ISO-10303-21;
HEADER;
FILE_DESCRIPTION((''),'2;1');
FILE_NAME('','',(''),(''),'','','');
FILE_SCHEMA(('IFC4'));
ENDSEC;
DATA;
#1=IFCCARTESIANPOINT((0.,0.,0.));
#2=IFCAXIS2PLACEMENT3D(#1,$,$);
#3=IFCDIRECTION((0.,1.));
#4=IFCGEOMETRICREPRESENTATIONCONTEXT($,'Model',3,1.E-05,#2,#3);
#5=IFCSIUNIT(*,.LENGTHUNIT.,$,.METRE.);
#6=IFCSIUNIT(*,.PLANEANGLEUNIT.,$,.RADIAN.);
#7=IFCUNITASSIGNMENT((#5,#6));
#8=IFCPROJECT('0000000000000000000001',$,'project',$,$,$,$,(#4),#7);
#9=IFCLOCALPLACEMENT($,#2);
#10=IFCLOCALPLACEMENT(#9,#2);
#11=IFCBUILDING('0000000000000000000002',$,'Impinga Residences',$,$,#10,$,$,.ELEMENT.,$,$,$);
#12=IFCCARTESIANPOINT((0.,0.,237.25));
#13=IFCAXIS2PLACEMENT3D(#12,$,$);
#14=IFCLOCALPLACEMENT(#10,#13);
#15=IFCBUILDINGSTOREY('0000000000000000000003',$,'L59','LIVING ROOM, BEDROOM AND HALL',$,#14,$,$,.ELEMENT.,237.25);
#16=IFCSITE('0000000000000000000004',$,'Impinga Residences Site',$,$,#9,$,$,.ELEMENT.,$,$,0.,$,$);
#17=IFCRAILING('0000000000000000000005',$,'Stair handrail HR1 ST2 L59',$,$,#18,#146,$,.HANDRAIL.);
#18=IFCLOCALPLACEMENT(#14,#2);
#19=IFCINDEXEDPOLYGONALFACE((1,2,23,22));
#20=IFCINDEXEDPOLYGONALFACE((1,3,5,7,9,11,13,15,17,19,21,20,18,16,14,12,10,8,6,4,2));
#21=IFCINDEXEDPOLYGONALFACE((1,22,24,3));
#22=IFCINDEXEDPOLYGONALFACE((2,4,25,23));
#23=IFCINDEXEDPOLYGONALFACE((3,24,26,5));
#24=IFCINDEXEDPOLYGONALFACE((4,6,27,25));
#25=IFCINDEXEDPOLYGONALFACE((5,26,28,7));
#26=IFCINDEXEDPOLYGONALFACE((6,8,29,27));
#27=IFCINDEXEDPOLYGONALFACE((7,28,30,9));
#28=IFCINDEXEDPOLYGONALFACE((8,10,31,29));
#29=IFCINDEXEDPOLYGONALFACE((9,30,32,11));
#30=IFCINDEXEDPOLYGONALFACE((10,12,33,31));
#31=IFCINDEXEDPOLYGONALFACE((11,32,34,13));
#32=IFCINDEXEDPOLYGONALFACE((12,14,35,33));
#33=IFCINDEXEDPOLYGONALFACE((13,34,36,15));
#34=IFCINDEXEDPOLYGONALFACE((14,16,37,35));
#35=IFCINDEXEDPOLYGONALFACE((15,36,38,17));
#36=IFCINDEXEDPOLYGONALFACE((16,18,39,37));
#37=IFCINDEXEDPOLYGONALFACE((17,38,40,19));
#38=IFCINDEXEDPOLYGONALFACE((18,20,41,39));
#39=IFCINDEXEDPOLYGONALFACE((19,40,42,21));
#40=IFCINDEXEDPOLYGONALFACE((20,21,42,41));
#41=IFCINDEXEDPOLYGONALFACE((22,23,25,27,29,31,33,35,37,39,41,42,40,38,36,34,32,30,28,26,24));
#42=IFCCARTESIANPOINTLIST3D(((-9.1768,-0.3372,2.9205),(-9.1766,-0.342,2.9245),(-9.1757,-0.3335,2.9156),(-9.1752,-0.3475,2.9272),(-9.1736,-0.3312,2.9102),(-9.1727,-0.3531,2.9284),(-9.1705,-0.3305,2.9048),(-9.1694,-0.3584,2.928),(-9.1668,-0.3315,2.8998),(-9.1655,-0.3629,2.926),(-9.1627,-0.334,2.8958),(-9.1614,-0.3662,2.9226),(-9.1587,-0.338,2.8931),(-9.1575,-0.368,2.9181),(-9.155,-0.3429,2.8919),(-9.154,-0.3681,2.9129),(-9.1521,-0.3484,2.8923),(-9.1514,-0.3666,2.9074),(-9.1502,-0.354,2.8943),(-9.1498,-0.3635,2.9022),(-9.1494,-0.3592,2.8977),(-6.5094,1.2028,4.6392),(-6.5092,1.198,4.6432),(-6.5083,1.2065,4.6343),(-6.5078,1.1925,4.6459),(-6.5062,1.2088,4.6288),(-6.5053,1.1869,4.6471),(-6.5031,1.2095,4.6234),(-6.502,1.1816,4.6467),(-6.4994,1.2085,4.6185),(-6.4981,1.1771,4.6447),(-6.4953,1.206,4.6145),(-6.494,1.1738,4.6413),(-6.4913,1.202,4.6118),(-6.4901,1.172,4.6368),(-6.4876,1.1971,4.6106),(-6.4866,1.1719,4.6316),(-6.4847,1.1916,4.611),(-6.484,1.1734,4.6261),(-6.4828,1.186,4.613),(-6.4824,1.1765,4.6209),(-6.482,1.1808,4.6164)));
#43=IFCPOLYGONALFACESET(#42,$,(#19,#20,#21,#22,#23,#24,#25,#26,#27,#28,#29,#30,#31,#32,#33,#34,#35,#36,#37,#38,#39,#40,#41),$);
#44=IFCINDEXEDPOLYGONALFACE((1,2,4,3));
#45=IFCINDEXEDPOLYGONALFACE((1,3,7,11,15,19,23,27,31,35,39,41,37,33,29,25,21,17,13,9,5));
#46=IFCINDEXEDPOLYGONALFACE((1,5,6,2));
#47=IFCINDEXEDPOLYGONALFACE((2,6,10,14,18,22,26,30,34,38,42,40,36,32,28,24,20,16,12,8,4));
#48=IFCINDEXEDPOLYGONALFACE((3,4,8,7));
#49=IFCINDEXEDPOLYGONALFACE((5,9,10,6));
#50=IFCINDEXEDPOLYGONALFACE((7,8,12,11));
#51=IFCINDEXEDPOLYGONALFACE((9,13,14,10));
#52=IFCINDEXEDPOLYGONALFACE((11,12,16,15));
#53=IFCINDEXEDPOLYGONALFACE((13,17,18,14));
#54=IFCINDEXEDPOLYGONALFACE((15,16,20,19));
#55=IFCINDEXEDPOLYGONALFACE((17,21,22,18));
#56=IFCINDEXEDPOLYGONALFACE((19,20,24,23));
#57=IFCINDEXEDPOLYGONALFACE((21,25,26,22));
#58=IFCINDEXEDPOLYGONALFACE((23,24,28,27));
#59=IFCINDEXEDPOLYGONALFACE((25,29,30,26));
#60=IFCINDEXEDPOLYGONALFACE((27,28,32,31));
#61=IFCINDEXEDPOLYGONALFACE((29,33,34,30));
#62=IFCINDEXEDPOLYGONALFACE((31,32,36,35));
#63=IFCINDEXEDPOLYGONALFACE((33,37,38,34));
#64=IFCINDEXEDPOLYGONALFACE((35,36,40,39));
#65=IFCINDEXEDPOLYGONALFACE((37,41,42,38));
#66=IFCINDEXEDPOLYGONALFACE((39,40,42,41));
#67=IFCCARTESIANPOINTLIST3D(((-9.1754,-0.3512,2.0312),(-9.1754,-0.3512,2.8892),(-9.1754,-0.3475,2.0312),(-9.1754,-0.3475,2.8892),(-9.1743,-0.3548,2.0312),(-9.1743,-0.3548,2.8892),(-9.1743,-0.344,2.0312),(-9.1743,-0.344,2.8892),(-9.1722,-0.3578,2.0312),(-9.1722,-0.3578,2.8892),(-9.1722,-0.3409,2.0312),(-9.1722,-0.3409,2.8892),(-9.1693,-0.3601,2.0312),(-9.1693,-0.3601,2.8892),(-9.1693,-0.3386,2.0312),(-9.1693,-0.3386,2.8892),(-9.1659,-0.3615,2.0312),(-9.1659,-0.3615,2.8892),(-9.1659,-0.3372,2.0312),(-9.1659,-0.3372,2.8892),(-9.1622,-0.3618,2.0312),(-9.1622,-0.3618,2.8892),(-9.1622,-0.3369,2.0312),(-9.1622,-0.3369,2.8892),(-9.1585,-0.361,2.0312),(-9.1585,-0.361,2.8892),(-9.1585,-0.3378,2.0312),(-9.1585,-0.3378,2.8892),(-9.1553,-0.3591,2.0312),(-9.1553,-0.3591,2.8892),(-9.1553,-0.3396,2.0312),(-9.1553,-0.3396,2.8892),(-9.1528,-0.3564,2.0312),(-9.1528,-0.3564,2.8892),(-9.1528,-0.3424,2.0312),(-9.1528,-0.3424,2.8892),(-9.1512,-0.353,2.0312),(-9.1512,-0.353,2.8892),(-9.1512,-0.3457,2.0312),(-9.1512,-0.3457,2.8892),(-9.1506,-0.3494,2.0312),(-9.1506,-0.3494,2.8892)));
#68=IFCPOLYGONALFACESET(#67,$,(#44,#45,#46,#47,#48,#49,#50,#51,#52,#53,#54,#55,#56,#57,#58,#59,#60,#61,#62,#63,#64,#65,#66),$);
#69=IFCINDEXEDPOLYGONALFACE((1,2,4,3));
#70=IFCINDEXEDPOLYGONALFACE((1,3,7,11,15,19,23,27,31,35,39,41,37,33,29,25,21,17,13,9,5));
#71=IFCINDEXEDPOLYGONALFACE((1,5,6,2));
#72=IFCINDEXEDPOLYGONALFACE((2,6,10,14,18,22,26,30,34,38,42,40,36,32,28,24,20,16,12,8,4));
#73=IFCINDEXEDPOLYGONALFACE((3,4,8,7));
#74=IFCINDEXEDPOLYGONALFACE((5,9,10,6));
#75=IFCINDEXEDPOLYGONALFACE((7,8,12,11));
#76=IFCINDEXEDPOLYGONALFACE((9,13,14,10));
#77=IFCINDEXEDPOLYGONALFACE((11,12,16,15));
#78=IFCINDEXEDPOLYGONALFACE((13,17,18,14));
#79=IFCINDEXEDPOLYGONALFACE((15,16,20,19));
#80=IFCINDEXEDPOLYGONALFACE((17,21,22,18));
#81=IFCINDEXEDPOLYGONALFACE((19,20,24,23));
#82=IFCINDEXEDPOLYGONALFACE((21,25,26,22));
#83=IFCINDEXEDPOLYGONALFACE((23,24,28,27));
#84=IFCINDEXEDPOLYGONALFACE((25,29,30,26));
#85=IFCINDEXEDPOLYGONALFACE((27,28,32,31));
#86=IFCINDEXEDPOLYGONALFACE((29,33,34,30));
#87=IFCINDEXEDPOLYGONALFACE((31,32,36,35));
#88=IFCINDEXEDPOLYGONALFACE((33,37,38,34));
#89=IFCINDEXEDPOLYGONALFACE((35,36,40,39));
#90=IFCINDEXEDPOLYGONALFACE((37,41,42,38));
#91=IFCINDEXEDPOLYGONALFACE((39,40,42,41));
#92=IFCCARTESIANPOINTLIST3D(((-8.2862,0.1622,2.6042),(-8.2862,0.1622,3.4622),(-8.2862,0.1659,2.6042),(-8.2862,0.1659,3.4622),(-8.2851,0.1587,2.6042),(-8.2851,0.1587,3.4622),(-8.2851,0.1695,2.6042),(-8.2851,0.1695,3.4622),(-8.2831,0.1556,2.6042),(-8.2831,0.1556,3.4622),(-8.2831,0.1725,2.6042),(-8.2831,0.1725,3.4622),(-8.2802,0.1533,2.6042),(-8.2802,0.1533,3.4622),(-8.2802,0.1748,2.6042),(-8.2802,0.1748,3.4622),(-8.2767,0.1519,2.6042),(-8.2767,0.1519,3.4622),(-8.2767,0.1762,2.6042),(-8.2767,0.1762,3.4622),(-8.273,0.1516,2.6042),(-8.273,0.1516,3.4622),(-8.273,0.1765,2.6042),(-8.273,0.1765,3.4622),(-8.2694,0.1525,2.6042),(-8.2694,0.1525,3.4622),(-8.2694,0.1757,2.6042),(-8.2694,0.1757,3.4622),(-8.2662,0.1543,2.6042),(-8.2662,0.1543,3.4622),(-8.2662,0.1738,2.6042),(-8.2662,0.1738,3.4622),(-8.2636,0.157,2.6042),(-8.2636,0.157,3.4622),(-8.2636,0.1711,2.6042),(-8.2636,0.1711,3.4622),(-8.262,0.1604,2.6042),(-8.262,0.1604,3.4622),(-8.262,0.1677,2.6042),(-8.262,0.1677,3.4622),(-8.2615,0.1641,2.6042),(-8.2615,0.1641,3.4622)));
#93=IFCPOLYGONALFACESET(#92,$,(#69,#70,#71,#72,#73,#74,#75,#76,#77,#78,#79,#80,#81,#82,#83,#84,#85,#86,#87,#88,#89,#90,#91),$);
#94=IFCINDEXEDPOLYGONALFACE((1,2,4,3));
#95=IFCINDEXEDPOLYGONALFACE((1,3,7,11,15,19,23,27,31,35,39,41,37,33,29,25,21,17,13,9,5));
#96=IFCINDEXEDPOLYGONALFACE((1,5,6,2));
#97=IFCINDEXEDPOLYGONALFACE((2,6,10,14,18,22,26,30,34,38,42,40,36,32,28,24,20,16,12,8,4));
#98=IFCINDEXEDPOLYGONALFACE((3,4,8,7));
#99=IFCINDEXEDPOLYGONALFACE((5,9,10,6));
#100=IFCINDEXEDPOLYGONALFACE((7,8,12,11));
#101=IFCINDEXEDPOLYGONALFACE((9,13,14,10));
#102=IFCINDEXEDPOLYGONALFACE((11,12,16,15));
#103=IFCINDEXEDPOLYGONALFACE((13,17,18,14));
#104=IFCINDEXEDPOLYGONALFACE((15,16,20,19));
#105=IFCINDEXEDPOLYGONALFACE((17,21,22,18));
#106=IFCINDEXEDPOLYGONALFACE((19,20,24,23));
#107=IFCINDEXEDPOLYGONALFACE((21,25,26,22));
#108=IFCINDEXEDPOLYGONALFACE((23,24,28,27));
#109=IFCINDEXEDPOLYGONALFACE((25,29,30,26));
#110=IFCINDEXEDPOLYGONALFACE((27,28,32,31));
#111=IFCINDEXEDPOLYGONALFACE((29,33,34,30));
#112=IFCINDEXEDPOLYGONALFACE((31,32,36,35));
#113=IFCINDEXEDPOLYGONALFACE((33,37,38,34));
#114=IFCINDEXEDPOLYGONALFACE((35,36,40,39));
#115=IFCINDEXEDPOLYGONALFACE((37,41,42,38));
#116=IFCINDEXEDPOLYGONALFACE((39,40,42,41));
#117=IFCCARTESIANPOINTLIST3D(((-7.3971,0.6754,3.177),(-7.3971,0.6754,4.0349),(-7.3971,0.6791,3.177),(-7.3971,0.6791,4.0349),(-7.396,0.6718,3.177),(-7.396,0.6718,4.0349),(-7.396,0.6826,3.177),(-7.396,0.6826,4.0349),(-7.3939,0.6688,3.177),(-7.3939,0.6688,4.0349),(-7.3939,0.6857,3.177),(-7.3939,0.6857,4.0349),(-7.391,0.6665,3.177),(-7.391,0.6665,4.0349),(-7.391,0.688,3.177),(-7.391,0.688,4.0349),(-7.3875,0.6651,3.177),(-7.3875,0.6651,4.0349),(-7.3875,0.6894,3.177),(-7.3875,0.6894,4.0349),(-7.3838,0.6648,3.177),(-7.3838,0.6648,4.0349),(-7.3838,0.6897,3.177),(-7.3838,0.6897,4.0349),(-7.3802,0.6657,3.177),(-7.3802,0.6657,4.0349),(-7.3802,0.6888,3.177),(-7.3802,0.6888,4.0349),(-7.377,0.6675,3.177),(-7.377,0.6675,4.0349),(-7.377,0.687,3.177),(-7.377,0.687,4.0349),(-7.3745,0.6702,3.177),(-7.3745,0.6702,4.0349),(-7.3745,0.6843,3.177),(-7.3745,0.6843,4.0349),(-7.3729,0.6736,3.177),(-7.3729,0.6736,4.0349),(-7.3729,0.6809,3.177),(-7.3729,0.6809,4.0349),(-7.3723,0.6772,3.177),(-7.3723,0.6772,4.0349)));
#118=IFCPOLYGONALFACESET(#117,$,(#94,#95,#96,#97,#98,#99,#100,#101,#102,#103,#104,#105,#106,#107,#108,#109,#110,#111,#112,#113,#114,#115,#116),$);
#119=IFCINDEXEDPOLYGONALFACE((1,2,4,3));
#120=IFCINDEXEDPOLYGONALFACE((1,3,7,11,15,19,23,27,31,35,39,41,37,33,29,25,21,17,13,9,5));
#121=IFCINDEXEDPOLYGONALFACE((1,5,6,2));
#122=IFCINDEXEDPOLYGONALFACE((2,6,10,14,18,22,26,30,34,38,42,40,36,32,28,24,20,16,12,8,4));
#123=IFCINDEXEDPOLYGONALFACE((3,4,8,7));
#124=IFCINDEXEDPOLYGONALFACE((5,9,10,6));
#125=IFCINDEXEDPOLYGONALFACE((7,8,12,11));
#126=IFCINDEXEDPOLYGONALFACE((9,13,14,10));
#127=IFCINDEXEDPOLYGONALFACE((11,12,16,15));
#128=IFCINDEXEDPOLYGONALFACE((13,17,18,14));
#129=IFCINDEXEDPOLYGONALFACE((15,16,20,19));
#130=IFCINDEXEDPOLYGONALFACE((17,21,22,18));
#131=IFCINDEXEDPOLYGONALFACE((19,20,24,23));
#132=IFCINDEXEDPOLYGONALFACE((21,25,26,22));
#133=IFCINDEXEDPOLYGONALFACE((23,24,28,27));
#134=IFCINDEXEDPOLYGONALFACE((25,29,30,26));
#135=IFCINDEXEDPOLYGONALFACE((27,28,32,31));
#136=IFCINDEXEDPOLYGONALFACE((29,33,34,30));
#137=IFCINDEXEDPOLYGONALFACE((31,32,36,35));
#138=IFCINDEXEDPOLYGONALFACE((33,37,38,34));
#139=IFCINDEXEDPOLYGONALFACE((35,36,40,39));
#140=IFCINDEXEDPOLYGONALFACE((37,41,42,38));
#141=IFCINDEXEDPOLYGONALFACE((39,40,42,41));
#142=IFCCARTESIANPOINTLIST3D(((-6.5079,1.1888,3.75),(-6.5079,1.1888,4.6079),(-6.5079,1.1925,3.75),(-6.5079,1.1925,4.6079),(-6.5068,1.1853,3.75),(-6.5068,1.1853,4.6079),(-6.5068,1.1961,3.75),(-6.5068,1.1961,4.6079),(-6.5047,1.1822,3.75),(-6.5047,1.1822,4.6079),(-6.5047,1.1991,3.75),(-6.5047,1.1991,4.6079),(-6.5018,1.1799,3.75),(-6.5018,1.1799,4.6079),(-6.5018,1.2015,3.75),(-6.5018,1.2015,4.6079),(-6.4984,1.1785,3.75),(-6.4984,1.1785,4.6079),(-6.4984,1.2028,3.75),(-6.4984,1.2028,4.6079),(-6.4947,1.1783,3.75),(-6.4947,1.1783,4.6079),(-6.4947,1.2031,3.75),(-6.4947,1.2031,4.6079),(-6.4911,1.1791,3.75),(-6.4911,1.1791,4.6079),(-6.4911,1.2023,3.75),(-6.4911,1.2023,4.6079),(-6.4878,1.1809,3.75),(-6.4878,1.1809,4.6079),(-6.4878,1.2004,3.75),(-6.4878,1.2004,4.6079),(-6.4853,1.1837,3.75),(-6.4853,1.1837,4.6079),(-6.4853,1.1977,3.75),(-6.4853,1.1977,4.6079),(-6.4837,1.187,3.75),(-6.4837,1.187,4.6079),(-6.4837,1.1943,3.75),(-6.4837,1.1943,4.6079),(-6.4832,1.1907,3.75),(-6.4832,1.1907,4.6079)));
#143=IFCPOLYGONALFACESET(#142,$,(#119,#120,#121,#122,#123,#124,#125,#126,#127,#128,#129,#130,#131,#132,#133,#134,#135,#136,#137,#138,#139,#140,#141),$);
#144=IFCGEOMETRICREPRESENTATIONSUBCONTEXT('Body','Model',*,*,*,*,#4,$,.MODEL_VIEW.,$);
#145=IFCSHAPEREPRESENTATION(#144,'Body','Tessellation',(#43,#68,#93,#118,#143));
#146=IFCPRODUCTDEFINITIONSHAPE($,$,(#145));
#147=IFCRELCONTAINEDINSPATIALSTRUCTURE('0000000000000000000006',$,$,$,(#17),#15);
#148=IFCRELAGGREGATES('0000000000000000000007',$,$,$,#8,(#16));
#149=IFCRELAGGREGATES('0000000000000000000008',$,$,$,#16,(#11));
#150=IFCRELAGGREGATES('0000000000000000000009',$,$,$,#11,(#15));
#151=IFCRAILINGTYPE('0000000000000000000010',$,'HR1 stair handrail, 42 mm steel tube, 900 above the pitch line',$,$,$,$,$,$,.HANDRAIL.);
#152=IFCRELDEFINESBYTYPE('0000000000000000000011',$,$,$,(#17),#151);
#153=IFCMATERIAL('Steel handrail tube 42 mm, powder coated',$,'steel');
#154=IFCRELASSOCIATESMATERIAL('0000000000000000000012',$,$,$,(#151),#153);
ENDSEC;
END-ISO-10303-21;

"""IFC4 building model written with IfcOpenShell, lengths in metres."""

from ifc_helpers import new_model, si_unit, direction, frame, origin, origin_2d, place, context, subcontext, project, spatial, circle, extrude, material, type_object, element, save


model = new_model("IFC4")

# Units and contexts
model_context = context("Model", 3, precision=1e-05, world=origin(), true_north=direction((0.0, 1.0)))
body_context = subcontext(model_context, "Body", "Model", "MODEL_VIEW")
ifc_project = project(units=[si_unit("LENGTHUNIT", "METRE"), si_unit("PLANEANGLEUNIT", "RADIAN")], contexts=[model_context])

# Site, building, storey
site_placement = place(None, origin())
site = spatial("IfcSite", under=ifc_project, at=site_placement, Name="Impinga Residences Site", CompositionType="ELEMENT", RefElevation=0.0)
building_placement = place(site_placement, origin())
building = spatial("IfcBuilding", under=site, at=building_placement, Name="Impinga Residences", CompositionType="ELEMENT")
storey_placement = place(building_placement, frame((0.0, 0.0, 237.25)))
storey = spatial("IfcBuildingStorey", under=building, at=storey_placement, Name="L59", Description="LIVING ROOM, BEDROOM AND HALL", CompositionType="ELEMENT", Elevation=237.25)

# Railing
ifc_material_1 = material(Name="Steel handrail tube 42 mm, powder coated", Category="steel")
railing_type = type_object("IfcRailingType", Name="HR1 stair handrail, 42 mm steel tube, 900 above the pitch line", PredefinedType="HANDRAIL", material=ifc_material_1)
railing_1_placement = place(storey_placement, frame((-9.1631, -0.3494, 2.0312)))
element("IfcRailing", 1, at=railing_1_placement, inside=storey, type_object=railing_type, Name="Stair handrail HR1 ST2 L59", PredefinedType="HANDRAIL", context=body_context, shape_type="SweptSolid", body=[
    extrude(circle(Radius=0.021, at=origin_2d()), frame((0.0, 0.0, 0.8789), z_axis=(0.756256, 0.436616, 0.487282), x_axis=(-0.499992, 0.86603, 0.0)), (0.0, 0.0, 1.0), 3.5271),
    extrude(circle(Radius=0.0125, at=origin_2d()), origin(), (0.0, 0.0, 1.0), 0.8579),
    extrude(circle(Radius=0.0125, at=origin_2d()), frame((0.8892, 0.5134, 0.573)), (0.0, 0.0, 1.0), 0.8579),
    extrude(circle(Radius=0.0125, at=origin_2d()), frame((1.7783, 1.0266, 1.1458)), (0.0, 0.0, 1.0), 0.8579),
    extrude(circle(Radius=0.0125, at=origin_2d()), frame((2.6675, 1.54, 1.7188)), (0.0, 0.0, 1.0), 0.8579),
])

save(model, "model.ifc")
